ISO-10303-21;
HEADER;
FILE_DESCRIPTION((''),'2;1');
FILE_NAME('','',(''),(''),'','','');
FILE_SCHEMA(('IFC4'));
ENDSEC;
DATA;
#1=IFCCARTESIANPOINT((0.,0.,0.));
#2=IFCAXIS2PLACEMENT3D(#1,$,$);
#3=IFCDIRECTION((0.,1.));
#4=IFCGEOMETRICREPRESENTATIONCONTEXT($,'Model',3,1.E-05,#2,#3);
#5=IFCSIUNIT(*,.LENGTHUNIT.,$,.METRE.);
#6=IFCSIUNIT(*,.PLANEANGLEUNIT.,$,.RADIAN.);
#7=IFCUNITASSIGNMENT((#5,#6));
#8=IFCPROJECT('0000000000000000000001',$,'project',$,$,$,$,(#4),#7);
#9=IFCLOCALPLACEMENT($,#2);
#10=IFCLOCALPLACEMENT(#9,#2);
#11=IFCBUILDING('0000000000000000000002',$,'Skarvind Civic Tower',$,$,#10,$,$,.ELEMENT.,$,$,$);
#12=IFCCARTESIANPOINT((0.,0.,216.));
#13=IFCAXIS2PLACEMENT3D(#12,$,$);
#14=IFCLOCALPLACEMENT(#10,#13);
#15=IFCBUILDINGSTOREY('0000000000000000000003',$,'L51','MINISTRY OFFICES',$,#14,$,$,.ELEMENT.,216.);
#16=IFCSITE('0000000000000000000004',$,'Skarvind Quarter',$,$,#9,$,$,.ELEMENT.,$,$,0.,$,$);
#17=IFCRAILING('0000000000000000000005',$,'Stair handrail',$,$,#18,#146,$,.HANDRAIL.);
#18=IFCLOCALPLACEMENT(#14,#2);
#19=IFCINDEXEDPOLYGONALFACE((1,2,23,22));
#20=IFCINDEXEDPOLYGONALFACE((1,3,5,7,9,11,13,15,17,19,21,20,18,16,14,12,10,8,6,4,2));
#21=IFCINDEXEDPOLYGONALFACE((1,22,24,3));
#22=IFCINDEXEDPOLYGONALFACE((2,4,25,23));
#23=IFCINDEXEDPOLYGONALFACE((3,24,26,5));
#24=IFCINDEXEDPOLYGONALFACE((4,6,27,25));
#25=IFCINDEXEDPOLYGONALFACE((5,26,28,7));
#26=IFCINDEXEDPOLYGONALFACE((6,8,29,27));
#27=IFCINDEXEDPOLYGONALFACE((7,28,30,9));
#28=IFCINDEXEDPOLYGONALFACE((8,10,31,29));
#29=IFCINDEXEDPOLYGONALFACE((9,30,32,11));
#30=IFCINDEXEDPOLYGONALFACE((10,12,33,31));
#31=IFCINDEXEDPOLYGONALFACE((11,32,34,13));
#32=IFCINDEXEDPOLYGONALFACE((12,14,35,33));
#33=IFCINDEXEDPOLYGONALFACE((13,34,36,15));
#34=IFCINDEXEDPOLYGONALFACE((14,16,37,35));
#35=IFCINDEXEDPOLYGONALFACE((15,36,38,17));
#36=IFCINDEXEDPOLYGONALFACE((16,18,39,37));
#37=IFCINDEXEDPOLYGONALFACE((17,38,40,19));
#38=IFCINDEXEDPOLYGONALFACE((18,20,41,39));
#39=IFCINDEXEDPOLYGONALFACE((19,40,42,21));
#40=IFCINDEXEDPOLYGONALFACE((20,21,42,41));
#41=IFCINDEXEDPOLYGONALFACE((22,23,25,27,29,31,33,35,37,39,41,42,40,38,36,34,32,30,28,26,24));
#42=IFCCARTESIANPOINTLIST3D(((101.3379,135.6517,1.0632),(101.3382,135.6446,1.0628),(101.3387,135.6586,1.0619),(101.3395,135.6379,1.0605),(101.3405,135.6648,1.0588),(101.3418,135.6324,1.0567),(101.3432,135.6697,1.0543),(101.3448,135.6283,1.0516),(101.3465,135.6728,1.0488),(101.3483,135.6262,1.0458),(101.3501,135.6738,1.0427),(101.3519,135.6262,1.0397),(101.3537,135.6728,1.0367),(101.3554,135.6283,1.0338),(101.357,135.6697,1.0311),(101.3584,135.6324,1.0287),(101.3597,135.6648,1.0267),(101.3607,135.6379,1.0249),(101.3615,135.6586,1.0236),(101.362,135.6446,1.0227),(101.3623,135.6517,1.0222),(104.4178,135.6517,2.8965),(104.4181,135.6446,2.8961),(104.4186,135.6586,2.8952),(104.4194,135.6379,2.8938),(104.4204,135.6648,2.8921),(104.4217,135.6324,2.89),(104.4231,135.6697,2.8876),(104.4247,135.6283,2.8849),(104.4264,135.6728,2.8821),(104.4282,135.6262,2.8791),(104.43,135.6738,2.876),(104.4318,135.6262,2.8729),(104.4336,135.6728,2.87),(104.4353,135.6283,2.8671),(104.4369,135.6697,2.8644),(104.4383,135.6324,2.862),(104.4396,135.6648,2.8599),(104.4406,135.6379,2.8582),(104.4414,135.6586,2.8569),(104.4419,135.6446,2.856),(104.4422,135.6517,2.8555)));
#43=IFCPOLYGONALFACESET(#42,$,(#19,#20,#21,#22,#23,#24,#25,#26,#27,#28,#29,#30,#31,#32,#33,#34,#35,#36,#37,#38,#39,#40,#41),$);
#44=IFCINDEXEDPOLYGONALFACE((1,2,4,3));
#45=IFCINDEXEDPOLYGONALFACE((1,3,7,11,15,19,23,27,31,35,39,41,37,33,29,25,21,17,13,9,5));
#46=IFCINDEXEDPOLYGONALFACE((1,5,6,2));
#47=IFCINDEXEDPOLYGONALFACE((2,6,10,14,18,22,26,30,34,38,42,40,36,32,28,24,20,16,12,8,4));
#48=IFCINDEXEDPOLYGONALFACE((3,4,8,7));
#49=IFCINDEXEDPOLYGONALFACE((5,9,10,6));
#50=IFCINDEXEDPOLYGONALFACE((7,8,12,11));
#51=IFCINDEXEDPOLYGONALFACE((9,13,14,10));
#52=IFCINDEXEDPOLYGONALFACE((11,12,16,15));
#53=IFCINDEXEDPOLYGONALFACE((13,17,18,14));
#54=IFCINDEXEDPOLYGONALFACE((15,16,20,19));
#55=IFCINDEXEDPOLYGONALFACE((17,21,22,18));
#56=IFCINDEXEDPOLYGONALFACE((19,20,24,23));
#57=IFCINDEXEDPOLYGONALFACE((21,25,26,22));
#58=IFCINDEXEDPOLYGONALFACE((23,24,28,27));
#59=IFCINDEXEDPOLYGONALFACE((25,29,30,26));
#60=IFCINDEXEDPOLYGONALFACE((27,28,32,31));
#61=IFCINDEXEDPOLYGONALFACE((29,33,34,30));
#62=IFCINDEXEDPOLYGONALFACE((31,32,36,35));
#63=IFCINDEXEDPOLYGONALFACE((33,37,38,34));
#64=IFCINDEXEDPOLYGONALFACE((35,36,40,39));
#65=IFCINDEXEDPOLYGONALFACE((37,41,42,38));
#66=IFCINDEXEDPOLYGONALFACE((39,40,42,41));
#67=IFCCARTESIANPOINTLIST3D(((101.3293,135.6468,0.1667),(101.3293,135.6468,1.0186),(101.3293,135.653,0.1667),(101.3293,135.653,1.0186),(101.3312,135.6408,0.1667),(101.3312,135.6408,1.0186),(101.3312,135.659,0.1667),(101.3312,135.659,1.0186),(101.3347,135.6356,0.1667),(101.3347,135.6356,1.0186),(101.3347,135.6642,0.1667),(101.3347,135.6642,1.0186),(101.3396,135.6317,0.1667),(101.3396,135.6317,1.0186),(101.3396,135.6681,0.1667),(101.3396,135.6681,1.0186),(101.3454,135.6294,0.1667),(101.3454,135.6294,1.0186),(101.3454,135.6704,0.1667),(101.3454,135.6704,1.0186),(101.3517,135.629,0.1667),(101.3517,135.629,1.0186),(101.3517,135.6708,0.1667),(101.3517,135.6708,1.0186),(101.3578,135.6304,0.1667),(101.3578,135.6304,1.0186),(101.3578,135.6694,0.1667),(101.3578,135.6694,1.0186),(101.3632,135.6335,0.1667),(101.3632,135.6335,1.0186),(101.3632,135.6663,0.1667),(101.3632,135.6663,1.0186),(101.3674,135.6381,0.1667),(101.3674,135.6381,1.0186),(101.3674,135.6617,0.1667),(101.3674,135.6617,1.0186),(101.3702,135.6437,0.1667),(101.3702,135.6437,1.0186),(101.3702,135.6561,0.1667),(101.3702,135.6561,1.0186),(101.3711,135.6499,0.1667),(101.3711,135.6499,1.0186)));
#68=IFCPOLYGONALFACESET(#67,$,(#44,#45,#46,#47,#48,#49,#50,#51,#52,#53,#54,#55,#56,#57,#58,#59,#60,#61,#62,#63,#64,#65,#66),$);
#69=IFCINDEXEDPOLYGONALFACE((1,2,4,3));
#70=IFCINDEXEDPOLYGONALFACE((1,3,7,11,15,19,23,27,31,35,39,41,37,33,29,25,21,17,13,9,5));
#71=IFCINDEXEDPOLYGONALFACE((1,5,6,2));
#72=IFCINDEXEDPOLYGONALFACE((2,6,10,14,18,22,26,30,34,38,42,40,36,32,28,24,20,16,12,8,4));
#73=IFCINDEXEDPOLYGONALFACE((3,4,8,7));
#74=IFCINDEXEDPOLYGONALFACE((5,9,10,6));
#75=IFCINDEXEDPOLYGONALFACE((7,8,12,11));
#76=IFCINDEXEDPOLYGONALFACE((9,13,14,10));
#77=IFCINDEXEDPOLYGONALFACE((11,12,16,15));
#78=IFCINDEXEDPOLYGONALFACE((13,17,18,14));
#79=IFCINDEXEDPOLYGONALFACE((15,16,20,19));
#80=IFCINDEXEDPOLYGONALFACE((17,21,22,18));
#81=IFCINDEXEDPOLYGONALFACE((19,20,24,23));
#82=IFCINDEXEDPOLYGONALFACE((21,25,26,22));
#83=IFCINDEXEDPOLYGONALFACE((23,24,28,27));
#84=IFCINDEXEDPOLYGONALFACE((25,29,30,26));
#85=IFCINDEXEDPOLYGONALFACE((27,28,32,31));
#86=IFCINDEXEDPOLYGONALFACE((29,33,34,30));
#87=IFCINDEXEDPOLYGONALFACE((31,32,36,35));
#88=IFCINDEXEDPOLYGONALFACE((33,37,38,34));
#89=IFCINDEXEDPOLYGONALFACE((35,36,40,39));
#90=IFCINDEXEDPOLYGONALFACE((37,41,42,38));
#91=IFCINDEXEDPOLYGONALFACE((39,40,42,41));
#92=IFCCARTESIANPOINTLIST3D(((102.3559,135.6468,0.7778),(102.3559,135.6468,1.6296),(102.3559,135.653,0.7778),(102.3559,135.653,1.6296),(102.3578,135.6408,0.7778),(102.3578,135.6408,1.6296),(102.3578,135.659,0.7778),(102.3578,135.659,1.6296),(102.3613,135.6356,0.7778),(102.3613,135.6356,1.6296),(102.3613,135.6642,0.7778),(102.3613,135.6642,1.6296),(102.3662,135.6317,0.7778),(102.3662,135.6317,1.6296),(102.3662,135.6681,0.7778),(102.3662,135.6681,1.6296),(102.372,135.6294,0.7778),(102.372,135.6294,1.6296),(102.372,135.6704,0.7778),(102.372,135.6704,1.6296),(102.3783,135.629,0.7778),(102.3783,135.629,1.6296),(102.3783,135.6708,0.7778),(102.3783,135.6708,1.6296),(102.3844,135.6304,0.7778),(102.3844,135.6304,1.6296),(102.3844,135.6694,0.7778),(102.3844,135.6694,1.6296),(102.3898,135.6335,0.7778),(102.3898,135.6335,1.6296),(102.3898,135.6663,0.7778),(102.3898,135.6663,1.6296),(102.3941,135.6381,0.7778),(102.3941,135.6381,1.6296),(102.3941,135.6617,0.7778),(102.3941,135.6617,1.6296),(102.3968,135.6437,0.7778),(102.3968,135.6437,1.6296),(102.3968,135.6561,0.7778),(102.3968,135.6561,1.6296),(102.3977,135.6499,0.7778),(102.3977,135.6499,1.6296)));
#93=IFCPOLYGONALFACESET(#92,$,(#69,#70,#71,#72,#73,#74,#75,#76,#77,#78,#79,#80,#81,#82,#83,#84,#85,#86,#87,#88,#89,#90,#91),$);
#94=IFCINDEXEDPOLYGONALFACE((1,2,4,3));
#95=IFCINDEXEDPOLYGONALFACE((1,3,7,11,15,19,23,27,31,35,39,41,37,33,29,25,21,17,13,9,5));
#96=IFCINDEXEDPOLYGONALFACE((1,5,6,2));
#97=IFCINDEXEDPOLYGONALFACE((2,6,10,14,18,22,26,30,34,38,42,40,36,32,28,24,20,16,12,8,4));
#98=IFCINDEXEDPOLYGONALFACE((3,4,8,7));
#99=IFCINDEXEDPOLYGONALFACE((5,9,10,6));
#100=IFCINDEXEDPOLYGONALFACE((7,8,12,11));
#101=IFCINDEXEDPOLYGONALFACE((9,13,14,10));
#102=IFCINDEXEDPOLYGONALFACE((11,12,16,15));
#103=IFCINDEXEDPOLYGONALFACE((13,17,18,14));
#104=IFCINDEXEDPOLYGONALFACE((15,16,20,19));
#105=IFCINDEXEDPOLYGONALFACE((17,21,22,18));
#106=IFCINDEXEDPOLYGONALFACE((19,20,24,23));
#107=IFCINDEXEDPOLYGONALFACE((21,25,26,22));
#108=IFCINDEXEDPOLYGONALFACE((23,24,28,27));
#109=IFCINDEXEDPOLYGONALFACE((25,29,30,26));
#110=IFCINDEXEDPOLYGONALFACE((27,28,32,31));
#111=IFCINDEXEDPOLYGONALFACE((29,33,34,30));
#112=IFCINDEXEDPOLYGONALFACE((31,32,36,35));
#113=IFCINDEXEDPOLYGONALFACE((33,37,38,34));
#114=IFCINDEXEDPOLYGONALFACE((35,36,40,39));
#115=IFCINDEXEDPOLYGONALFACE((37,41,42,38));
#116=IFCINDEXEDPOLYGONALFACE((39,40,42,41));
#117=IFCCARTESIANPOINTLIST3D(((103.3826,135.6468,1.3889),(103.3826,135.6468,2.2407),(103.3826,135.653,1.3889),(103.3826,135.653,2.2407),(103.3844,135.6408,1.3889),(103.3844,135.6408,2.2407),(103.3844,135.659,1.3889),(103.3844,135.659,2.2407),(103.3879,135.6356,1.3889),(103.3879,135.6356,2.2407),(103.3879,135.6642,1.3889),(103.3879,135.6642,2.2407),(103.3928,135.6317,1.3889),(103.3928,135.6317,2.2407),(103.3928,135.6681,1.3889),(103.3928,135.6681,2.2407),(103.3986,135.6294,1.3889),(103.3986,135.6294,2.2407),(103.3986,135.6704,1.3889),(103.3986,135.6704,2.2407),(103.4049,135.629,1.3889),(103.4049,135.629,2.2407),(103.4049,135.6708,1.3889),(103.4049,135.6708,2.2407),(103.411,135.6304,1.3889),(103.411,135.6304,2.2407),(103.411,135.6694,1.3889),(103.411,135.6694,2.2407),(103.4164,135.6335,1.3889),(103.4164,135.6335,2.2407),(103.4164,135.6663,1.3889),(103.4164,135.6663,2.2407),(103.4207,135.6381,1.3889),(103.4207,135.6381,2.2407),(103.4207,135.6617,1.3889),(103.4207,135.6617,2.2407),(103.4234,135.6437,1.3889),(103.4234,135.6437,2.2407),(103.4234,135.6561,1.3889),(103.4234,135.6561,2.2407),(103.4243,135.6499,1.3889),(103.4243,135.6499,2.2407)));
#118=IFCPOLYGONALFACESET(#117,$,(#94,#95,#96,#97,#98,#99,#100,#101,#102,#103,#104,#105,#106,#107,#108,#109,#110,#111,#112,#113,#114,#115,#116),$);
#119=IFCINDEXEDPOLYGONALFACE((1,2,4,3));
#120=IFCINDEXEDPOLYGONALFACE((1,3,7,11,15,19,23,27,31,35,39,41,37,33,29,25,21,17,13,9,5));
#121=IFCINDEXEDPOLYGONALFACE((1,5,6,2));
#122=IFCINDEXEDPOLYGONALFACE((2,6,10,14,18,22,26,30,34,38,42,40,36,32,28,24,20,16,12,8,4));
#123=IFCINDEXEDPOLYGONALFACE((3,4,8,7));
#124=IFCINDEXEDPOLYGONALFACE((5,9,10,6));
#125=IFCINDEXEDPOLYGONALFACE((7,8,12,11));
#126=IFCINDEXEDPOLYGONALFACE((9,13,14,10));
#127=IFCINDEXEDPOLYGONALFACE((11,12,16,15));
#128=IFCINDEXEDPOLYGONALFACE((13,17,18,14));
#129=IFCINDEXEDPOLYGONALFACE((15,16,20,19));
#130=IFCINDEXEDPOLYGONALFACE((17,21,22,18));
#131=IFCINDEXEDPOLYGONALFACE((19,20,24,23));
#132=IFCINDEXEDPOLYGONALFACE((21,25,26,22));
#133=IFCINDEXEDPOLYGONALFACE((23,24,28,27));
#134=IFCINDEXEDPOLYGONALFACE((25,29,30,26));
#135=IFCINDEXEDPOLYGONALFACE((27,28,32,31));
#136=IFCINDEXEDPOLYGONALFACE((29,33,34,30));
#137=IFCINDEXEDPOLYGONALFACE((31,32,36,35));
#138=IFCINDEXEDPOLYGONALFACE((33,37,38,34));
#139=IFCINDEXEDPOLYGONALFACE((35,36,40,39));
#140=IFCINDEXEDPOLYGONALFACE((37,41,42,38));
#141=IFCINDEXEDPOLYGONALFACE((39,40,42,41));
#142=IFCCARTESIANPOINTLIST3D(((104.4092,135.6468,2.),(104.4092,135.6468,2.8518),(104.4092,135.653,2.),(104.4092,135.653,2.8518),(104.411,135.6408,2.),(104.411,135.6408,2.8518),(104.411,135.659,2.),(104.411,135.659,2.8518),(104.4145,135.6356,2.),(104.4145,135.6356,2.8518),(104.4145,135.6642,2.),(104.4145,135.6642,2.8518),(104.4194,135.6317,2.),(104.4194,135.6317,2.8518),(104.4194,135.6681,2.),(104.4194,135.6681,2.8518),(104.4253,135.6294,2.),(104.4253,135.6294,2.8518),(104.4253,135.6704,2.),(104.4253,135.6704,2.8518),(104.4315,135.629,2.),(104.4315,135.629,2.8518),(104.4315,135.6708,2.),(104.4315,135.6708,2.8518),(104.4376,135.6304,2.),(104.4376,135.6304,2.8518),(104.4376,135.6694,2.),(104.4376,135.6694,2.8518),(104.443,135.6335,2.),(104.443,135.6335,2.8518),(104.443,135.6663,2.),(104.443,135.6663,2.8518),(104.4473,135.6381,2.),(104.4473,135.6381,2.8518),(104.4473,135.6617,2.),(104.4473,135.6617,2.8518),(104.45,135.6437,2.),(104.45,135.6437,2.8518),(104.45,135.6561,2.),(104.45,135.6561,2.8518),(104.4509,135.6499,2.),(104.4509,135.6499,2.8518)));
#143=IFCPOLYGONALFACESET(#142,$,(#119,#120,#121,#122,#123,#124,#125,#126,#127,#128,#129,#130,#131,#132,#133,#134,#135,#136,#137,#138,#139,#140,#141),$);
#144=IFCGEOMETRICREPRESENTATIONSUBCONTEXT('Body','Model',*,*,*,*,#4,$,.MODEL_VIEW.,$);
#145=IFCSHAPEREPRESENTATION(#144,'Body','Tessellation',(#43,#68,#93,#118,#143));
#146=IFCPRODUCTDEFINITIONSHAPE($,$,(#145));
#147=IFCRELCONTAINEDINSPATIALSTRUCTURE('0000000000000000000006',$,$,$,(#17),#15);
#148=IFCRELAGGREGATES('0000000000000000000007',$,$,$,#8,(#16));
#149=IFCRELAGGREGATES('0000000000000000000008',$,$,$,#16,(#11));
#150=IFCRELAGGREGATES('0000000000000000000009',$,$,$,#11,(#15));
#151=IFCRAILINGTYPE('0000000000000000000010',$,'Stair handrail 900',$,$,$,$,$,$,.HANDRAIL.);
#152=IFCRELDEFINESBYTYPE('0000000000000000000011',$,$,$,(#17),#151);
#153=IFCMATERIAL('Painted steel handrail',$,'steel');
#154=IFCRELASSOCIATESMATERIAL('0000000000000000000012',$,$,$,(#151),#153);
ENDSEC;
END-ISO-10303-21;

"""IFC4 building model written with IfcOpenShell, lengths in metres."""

from ifc_helpers import new_model, si_unit, direction, frame, origin, origin_2d, place, context, subcontext, project, spatial, circle, extrude, material, type_object, element, save


model = new_model("IFC4")

# Units and contexts
model_context = context("Model", 3, precision=1e-05, world=origin(), true_north=direction((0.0, 1.0)))
body_context = subcontext(model_context, "Body", "Model", "MODEL_VIEW")
ifc_project = project(units=[si_unit("LENGTHUNIT", "METRE"), si_unit("PLANEANGLEUNIT", "RADIAN")], contexts=[model_context])

# Site, building, storey
site_placement = place(None, origin())
site = spatial("IfcSite", under=ifc_project, at=site_placement, Name="Skarvind Quarter", CompositionType="ELEMENT", RefElevation=0.0)
building_placement = place(site_placement, origin())
building = spatial("IfcBuilding", under=site, at=building_placement, Name="Skarvind Civic Tower", CompositionType="ELEMENT")
storey_placement = place(building_placement, frame((0.0, 0.0, 216.0)))
storey = spatial("IfcBuildingStorey", under=building, at=storey_placement, Name="L51", Description="MINISTRY OFFICES", CompositionType="ELEMENT", Elevation=216.0)

# Railing
ifc_material_1 = material(Name="Painted steel handrail", Category="steel")
railing_type = type_object("IfcRailingType", Name="Stair handrail 900", PredefinedType="HANDRAIL", material=ifc_material_1)
railing_1_placement = place(storey_placement, frame((101.3501, 135.6499, 0.1667)))
element("IfcRailing", 1, at=railing_1_placement, inside=storey, type_object=railing_type, Name="Stair handrail", PredefinedType="HANDRAIL", context=body_context, shape_type="SweptSolid", body=[
    extrude(circle(Radius=0.0239, at=origin_2d()), frame((0.0, 0.0, 0.876), z_axis=(0.859291, 0.0, 0.511487), x_axis=(0.0, 1.0, 0.0)), (0.0, 0.0, 1.0), 3.5842),
    extrude(circle(Radius=0.021, at=origin_2d()), origin(), (0.0, 0.0, 1.0), 0.8518),
    extrude(circle(Radius=0.021, at=origin_2d()), frame((1.0266, 0.0, 0.6111)), (0.0, 0.0, 1.0), 0.8518),
    extrude(circle(Radius=0.021, at=origin_2d()), frame((2.0532, 0.0, 1.2222)), (0.0, 0.0, 1.0), 0.8518),
    extrude(circle(Radius=0.021, at=origin_2d()), frame((3.0798, 0.0, 1.8333)), (0.0, 0.0, 1.0), 0.8518),
])

save(model, "model.ifc")
